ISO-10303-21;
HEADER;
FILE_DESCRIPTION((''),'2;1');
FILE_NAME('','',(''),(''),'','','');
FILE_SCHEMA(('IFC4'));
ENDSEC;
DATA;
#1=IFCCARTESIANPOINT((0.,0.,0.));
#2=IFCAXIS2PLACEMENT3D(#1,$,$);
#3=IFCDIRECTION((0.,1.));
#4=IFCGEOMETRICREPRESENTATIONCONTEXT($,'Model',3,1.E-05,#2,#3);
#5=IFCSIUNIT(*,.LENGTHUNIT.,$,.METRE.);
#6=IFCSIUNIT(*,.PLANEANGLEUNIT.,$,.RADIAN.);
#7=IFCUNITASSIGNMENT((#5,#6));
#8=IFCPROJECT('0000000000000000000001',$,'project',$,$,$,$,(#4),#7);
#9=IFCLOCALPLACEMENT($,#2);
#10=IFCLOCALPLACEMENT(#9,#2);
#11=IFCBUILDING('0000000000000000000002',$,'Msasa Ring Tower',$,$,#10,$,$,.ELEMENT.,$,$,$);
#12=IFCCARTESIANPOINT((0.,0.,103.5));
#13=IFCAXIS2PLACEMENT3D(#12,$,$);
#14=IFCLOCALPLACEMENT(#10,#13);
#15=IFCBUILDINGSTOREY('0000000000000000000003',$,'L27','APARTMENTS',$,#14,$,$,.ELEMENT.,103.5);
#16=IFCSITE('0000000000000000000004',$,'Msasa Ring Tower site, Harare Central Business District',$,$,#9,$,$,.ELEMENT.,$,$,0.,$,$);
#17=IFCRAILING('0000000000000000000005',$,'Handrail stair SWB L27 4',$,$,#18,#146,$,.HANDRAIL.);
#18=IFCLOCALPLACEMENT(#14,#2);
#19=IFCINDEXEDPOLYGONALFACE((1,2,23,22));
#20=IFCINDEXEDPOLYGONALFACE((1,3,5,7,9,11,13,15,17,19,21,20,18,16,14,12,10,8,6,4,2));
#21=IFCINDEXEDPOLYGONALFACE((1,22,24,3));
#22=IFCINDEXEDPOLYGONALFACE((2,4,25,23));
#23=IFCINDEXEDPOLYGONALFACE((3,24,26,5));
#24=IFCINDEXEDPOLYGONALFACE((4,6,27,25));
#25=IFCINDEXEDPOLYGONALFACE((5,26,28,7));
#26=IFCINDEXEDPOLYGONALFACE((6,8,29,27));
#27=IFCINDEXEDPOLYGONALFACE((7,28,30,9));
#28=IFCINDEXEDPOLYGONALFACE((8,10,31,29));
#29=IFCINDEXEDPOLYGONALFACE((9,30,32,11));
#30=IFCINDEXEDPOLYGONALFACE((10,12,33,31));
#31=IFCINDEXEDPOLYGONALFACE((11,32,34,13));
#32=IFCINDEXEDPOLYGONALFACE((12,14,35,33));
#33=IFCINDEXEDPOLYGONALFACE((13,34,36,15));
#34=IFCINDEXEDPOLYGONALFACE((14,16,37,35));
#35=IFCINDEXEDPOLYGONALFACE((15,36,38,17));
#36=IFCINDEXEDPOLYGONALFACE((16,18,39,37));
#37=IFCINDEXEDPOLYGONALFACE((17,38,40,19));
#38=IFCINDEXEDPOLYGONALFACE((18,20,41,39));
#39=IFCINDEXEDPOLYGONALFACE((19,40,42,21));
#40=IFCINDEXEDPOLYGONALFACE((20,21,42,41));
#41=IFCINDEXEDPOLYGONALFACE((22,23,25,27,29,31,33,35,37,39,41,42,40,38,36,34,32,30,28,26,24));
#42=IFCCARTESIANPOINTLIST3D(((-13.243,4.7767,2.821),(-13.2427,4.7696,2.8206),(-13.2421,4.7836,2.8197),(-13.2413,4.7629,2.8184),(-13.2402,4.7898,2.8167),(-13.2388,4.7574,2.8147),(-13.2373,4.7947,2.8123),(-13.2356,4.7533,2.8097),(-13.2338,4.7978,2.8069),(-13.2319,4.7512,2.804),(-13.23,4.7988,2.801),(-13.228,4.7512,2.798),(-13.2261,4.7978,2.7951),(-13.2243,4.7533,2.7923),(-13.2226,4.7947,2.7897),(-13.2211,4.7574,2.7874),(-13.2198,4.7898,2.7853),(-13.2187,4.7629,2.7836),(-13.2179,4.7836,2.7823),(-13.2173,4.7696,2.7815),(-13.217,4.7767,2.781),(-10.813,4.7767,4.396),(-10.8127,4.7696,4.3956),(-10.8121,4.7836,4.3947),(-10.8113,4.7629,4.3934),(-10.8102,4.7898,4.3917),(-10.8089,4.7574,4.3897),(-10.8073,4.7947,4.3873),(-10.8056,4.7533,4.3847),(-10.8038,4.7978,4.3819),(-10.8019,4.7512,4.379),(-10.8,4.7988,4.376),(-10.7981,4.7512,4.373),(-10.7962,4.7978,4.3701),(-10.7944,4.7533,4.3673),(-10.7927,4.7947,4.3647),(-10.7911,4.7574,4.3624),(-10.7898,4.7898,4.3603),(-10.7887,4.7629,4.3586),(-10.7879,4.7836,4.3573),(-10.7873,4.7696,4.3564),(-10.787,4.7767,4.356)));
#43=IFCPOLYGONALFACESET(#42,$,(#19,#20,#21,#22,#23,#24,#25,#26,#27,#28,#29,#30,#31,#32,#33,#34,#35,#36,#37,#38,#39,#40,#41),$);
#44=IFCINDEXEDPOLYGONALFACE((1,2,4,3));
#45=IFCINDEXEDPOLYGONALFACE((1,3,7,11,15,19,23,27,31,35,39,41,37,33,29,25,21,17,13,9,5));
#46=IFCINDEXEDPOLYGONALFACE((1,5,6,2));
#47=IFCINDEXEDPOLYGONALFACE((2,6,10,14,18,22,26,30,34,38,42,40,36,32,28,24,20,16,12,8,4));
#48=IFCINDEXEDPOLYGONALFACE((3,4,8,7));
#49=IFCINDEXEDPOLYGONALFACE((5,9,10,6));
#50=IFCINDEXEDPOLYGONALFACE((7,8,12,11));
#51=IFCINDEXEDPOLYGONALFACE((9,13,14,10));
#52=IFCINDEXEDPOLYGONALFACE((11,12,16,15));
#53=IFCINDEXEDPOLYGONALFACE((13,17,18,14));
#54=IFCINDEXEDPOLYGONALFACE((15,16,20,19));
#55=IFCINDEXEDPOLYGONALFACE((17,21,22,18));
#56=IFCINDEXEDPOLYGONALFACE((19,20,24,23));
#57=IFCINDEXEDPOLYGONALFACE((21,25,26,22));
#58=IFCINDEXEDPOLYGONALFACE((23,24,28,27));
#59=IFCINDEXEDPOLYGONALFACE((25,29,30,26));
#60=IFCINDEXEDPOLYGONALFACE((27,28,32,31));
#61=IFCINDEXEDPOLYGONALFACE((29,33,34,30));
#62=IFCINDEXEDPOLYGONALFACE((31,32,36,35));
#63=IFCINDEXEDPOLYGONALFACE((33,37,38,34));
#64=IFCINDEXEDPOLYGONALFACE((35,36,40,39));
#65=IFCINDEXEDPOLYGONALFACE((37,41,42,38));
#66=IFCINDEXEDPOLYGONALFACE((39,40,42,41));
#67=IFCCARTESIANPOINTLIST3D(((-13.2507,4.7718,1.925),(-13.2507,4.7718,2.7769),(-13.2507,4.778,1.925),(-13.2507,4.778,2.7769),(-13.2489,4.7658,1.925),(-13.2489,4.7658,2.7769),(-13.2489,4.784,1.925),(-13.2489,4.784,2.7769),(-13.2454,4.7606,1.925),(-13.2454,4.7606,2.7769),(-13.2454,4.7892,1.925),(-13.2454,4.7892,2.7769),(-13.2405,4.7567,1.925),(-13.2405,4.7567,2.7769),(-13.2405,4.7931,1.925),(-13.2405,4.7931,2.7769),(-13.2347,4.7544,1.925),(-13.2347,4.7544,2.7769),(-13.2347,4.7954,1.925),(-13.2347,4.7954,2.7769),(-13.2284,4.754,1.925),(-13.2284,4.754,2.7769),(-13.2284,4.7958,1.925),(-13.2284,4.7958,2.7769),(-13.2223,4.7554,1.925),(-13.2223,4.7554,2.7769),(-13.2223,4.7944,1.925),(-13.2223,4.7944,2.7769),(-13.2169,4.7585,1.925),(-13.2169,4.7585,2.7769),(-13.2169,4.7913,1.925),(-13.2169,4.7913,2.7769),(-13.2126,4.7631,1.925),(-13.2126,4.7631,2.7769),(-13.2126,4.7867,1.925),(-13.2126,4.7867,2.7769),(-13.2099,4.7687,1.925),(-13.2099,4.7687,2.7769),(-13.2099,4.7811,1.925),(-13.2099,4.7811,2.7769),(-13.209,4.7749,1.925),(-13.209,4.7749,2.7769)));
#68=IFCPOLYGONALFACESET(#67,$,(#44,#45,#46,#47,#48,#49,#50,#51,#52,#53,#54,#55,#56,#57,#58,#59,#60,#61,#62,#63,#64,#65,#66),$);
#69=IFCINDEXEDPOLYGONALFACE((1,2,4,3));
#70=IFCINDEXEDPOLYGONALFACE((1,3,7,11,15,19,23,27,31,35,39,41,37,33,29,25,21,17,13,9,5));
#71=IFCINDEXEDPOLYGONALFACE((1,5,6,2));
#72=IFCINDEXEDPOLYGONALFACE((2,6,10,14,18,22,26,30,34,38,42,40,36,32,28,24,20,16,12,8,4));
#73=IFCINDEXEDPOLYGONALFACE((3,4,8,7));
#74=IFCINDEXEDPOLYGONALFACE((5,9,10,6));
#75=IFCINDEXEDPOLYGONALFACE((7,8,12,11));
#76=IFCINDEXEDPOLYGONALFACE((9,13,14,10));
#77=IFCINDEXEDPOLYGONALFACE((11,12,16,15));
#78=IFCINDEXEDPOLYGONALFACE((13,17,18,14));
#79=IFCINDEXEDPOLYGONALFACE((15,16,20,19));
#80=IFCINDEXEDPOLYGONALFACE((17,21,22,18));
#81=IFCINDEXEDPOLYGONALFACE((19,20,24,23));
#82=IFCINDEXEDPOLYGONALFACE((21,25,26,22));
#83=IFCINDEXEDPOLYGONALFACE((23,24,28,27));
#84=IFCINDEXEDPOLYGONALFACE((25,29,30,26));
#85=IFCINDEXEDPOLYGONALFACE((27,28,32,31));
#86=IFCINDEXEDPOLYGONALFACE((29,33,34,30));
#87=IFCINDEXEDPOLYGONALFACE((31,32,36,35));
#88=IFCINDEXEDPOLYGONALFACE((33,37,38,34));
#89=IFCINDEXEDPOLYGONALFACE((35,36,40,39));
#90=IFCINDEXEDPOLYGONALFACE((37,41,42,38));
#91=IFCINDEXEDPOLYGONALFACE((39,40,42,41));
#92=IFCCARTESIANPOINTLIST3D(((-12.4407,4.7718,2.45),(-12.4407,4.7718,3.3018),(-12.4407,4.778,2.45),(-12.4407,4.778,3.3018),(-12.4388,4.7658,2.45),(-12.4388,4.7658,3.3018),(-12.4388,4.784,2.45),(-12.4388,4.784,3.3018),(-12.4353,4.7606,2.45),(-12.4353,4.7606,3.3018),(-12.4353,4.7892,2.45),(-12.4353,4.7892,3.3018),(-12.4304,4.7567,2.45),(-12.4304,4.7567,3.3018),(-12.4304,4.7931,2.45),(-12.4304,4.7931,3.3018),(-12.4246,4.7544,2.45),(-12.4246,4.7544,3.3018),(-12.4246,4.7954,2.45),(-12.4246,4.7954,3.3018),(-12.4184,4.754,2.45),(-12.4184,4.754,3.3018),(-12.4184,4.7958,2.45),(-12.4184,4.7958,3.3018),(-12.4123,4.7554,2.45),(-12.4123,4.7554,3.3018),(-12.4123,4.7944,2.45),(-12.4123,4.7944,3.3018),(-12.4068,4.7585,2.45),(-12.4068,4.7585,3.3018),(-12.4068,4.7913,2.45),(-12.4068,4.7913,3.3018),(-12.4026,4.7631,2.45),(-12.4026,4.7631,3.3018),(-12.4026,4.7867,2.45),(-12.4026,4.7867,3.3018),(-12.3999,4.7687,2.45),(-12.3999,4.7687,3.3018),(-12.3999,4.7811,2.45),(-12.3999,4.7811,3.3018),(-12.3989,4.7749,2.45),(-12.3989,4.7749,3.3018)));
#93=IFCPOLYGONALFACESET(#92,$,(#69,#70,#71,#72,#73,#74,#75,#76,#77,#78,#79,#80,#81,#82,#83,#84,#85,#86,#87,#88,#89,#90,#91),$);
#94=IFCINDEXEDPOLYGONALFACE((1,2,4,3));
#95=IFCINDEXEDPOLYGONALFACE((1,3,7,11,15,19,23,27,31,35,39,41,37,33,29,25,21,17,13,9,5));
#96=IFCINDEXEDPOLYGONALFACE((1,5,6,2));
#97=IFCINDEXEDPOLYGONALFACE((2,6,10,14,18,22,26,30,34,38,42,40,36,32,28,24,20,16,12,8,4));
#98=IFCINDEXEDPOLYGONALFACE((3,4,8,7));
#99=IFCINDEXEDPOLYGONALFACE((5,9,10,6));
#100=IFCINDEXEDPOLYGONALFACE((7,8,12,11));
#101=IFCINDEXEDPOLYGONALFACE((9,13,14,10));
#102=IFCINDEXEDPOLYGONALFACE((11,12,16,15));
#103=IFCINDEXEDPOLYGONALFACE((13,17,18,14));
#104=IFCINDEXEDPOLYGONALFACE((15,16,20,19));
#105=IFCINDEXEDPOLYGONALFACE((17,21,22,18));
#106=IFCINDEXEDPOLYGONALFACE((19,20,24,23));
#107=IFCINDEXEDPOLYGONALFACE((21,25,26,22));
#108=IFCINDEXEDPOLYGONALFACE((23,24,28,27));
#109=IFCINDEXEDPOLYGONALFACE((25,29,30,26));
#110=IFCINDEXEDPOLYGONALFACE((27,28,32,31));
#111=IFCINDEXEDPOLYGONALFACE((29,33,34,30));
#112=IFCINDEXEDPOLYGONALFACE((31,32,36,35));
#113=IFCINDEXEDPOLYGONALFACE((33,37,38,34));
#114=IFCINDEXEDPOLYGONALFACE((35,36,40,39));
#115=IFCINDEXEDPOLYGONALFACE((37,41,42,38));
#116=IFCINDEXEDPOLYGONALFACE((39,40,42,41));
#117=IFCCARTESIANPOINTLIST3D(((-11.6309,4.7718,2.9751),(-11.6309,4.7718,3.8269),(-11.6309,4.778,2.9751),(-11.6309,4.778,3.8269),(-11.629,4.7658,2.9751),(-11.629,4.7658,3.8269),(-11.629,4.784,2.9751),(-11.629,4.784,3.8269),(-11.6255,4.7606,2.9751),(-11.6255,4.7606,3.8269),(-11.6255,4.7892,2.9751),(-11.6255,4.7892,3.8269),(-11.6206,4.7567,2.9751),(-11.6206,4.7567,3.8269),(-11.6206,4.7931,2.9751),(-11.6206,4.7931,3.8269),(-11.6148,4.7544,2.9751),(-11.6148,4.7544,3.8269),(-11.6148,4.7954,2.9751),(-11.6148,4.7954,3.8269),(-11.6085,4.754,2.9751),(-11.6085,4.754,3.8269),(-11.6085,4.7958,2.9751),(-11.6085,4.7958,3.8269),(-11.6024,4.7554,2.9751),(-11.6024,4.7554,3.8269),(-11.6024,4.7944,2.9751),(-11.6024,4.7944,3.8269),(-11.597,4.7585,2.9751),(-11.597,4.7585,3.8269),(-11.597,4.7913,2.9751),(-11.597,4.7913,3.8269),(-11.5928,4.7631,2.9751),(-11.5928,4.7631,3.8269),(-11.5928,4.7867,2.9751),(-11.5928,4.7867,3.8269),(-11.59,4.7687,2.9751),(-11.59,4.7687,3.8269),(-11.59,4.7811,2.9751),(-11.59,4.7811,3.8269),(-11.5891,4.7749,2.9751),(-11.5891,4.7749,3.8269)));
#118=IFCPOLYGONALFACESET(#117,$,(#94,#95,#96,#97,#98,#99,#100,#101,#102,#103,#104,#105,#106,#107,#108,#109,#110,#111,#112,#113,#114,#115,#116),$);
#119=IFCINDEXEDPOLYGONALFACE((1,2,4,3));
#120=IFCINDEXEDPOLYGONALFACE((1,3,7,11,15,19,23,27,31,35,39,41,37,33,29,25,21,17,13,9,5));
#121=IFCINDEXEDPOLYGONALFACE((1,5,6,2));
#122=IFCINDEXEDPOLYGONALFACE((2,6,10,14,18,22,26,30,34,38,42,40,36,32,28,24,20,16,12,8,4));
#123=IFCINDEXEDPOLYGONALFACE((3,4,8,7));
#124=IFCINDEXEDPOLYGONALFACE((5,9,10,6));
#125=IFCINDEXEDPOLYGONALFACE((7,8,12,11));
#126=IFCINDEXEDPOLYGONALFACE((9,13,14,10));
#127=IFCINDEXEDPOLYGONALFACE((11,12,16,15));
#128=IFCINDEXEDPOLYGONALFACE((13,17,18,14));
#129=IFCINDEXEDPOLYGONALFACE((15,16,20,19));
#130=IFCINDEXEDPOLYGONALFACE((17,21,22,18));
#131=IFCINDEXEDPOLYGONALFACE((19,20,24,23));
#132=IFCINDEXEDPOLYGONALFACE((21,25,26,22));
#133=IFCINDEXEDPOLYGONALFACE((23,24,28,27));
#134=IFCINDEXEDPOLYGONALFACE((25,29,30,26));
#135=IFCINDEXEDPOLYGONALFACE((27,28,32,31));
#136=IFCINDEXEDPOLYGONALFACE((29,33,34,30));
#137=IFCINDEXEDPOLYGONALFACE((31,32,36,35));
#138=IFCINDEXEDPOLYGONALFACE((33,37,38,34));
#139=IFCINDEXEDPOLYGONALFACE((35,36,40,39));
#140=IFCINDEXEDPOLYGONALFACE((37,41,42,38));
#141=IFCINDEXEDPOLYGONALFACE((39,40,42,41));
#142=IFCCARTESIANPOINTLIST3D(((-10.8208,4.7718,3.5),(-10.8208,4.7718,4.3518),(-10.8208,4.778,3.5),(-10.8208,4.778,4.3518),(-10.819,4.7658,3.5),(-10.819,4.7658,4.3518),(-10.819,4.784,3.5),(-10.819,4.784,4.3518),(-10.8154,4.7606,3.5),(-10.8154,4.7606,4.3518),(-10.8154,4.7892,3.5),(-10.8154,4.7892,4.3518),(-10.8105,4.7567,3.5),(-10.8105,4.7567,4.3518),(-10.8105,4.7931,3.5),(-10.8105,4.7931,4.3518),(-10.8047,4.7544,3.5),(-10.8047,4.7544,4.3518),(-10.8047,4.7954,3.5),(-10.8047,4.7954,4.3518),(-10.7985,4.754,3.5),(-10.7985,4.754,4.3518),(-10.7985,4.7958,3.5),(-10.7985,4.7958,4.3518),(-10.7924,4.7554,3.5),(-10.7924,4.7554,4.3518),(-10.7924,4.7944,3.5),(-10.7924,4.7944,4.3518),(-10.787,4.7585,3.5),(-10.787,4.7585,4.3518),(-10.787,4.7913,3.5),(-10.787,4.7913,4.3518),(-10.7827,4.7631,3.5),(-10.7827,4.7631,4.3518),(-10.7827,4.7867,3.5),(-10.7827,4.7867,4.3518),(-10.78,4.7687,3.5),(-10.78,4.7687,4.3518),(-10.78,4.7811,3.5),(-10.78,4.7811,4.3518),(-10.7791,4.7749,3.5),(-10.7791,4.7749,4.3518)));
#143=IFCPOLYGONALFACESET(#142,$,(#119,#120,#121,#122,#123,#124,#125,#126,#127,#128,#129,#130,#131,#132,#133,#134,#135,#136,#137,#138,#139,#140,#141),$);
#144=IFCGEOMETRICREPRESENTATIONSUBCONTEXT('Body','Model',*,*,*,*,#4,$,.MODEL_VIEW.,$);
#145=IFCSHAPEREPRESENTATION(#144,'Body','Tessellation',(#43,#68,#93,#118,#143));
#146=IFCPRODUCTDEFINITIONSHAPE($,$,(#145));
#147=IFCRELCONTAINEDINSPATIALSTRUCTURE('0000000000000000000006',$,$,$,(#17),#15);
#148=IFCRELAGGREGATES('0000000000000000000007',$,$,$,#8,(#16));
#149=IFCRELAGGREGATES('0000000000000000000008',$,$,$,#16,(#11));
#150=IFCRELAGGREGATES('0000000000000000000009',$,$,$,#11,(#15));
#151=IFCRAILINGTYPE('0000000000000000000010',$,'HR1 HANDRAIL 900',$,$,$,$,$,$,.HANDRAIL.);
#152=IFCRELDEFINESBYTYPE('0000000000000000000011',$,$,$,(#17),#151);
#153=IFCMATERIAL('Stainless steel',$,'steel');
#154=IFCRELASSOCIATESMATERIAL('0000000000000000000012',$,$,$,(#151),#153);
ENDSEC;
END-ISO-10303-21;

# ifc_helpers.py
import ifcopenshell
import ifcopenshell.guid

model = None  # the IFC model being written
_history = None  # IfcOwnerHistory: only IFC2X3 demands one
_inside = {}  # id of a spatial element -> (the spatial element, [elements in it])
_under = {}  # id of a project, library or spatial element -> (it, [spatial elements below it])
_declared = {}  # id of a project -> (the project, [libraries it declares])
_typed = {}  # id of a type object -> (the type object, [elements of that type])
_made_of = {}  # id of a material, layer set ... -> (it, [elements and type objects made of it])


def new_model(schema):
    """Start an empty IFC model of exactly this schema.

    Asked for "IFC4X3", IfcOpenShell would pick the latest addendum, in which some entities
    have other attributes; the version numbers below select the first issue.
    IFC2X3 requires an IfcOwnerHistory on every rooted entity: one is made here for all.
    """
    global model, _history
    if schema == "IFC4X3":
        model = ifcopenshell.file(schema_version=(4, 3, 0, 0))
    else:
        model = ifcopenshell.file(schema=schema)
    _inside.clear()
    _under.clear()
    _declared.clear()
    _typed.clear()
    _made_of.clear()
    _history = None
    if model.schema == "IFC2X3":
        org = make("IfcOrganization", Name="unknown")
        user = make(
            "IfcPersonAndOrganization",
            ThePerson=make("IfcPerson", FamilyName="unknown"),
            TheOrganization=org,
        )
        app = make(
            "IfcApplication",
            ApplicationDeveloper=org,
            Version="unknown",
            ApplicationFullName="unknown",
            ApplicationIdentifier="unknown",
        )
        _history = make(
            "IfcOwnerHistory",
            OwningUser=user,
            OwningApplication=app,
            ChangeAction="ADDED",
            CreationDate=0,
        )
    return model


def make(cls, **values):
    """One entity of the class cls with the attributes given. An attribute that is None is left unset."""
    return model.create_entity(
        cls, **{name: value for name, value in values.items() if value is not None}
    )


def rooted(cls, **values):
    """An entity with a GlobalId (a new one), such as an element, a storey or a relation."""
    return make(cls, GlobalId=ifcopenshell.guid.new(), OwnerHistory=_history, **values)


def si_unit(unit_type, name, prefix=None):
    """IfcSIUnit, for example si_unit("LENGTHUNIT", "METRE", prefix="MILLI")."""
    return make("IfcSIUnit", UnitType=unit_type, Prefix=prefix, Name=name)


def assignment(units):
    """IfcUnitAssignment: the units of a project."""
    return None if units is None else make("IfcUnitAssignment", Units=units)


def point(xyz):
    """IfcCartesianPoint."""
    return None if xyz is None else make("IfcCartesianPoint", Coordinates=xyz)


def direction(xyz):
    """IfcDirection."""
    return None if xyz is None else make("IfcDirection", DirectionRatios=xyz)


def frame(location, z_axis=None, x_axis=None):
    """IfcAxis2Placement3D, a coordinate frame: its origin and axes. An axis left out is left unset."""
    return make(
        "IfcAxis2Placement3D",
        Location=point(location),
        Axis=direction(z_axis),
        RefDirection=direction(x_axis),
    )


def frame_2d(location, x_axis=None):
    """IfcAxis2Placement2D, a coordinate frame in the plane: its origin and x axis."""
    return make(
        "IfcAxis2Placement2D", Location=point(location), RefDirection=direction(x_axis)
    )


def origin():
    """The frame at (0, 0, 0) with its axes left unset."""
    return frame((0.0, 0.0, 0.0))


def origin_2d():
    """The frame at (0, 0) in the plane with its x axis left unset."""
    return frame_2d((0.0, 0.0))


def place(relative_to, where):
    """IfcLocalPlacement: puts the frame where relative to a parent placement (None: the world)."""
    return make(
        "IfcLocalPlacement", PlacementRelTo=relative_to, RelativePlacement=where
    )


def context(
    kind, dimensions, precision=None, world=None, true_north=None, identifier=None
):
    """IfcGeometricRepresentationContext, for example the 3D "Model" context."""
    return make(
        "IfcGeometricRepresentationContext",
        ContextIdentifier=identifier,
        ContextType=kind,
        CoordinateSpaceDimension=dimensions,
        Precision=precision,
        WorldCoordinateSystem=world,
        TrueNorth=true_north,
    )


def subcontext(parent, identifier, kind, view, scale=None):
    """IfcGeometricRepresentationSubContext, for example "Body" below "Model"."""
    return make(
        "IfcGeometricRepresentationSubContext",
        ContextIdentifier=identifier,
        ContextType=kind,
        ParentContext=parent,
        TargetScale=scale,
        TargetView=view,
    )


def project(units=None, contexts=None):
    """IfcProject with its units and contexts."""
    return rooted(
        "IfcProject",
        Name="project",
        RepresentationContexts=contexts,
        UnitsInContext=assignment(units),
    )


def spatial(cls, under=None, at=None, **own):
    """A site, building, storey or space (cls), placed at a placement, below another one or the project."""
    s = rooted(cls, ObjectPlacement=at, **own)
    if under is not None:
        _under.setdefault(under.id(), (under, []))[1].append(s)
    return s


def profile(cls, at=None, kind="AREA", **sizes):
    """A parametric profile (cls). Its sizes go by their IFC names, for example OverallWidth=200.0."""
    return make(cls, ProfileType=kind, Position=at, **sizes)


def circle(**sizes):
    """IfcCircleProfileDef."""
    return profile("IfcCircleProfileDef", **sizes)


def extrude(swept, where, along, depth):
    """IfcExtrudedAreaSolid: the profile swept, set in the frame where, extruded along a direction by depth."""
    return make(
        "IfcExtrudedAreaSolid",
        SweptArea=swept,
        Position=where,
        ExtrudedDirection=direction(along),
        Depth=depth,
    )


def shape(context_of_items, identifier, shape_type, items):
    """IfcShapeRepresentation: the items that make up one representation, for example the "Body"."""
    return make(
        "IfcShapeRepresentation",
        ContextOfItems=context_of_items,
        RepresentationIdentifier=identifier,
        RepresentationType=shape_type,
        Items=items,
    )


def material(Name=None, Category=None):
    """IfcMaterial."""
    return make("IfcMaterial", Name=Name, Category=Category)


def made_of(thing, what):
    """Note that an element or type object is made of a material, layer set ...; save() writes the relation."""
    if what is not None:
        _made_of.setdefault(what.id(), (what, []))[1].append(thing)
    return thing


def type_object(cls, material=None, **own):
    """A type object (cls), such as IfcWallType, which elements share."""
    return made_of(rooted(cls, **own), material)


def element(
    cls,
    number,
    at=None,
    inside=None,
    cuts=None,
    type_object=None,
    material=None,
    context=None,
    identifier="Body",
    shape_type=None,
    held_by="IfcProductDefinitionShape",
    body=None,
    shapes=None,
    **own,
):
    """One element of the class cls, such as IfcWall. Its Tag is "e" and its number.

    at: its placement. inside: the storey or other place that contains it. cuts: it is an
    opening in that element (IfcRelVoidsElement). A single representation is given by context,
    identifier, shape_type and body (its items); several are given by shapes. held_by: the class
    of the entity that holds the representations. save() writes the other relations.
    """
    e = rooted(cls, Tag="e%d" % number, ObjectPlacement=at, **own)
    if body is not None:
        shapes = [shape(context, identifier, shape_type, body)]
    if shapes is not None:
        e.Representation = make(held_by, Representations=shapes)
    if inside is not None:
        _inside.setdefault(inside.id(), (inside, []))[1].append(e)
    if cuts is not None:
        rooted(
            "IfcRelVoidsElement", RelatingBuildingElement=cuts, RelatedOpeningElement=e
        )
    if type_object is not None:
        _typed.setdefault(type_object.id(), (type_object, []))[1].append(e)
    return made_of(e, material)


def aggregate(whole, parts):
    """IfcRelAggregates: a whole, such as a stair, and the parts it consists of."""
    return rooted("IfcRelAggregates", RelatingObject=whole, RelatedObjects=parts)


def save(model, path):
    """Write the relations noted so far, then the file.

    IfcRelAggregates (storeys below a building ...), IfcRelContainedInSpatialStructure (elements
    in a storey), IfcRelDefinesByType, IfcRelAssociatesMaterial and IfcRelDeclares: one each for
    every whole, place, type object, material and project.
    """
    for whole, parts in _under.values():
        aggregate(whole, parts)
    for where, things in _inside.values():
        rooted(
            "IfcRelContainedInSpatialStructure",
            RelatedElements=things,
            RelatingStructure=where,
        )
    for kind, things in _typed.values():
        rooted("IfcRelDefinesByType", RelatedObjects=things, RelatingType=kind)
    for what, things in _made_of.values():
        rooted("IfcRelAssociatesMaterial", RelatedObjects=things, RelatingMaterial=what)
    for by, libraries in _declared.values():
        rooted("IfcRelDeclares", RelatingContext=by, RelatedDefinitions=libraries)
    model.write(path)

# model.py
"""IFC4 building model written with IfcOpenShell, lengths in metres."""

from ifc_helpers import new_model, si_unit, direction, frame, origin, origin_2d, place, context, subcontext, project, spatial, circle, extrude, material, type_object, element, save


model = new_model("IFC4")

# Units and contexts
model_context = context("Model", 3, precision=1e-05, world=origin(), true_north=direction((0.0, 1.0)))
body_context = subcontext(model_context, "Body", "Model", "MODEL_VIEW")
ifc_project = project(units=[si_unit("LENGTHUNIT", "METRE"), si_unit("PLANEANGLEUNIT", "RADIAN")], contexts=[model_context])

# Site, building, storey
site_placement = place(None, origin())
site = spatial("IfcSite", under=ifc_project, at=site_placement, Name="Msasa Ring Tower site, Harare Central Business District", CompositionType="ELEMENT", RefElevation=0.0)
building_placement = place(site_placement, origin())
building = spatial("IfcBuilding", under=site, at=building_placement, Name="Msasa Ring Tower", CompositionType="ELEMENT")
storey_placement = place(building_placement, frame((0.0, 0.0, 103.5)))
storey = spatial("IfcBuildingStorey", under=building, at=storey_placement, Name="L27", Description="APARTMENTS", CompositionType="ELEMENT", Elevation=103.5)

# Railing
ifc_material_1 = material(Name="Stainless steel", Category="steel")
railing_type = type_object("IfcRailingType", Name="HR1 HANDRAIL 900", PredefinedType="HANDRAIL", material=ifc_material_1)
for number, where, name in (
    (1, (-13.23, 4.7749, 1.925), "Handrail stair SWB L27 4"),
):
    element("IfcRailing", number, at=place(storey_placement, frame(where)), inside=storey, type_object=railing_type, Name=name, PredefinedType="HANDRAIL", context=body_context, shape_type="SweptSolid", body=[
        extrude(circle(Radius=0.0239, at=origin_2d()), frame((0.0, 0.0, 0.876), z_axis=(0.839154, 0.0, 0.543894), x_axis=(0.0, 1.0, 0.0)), (0.0, 0.0, 1.0), 2.8958),
        extrude(circle(Radius=0.021, at=origin_2d()), origin(), (0.0, 0.0, 1.0), 0.8518),
        extrude(circle(Radius=0.021, at=origin_2d()), frame((0.8101, 0.0, 0.5249)), (0.0, 0.0, 1.0), 0.8518),
        extrude(circle(Radius=0.021, at=origin_2d()), frame((1.6199, 0.0, 1.05)), (0.0, 0.0, 1.0), 0.8518),
        extrude(circle(Radius=0.021, at=origin_2d()), frame((2.4299, 0.0, 1.575)), (0.0, 0.0, 1.0), 0.8518),
    ])

save(model, "model.ifc")
